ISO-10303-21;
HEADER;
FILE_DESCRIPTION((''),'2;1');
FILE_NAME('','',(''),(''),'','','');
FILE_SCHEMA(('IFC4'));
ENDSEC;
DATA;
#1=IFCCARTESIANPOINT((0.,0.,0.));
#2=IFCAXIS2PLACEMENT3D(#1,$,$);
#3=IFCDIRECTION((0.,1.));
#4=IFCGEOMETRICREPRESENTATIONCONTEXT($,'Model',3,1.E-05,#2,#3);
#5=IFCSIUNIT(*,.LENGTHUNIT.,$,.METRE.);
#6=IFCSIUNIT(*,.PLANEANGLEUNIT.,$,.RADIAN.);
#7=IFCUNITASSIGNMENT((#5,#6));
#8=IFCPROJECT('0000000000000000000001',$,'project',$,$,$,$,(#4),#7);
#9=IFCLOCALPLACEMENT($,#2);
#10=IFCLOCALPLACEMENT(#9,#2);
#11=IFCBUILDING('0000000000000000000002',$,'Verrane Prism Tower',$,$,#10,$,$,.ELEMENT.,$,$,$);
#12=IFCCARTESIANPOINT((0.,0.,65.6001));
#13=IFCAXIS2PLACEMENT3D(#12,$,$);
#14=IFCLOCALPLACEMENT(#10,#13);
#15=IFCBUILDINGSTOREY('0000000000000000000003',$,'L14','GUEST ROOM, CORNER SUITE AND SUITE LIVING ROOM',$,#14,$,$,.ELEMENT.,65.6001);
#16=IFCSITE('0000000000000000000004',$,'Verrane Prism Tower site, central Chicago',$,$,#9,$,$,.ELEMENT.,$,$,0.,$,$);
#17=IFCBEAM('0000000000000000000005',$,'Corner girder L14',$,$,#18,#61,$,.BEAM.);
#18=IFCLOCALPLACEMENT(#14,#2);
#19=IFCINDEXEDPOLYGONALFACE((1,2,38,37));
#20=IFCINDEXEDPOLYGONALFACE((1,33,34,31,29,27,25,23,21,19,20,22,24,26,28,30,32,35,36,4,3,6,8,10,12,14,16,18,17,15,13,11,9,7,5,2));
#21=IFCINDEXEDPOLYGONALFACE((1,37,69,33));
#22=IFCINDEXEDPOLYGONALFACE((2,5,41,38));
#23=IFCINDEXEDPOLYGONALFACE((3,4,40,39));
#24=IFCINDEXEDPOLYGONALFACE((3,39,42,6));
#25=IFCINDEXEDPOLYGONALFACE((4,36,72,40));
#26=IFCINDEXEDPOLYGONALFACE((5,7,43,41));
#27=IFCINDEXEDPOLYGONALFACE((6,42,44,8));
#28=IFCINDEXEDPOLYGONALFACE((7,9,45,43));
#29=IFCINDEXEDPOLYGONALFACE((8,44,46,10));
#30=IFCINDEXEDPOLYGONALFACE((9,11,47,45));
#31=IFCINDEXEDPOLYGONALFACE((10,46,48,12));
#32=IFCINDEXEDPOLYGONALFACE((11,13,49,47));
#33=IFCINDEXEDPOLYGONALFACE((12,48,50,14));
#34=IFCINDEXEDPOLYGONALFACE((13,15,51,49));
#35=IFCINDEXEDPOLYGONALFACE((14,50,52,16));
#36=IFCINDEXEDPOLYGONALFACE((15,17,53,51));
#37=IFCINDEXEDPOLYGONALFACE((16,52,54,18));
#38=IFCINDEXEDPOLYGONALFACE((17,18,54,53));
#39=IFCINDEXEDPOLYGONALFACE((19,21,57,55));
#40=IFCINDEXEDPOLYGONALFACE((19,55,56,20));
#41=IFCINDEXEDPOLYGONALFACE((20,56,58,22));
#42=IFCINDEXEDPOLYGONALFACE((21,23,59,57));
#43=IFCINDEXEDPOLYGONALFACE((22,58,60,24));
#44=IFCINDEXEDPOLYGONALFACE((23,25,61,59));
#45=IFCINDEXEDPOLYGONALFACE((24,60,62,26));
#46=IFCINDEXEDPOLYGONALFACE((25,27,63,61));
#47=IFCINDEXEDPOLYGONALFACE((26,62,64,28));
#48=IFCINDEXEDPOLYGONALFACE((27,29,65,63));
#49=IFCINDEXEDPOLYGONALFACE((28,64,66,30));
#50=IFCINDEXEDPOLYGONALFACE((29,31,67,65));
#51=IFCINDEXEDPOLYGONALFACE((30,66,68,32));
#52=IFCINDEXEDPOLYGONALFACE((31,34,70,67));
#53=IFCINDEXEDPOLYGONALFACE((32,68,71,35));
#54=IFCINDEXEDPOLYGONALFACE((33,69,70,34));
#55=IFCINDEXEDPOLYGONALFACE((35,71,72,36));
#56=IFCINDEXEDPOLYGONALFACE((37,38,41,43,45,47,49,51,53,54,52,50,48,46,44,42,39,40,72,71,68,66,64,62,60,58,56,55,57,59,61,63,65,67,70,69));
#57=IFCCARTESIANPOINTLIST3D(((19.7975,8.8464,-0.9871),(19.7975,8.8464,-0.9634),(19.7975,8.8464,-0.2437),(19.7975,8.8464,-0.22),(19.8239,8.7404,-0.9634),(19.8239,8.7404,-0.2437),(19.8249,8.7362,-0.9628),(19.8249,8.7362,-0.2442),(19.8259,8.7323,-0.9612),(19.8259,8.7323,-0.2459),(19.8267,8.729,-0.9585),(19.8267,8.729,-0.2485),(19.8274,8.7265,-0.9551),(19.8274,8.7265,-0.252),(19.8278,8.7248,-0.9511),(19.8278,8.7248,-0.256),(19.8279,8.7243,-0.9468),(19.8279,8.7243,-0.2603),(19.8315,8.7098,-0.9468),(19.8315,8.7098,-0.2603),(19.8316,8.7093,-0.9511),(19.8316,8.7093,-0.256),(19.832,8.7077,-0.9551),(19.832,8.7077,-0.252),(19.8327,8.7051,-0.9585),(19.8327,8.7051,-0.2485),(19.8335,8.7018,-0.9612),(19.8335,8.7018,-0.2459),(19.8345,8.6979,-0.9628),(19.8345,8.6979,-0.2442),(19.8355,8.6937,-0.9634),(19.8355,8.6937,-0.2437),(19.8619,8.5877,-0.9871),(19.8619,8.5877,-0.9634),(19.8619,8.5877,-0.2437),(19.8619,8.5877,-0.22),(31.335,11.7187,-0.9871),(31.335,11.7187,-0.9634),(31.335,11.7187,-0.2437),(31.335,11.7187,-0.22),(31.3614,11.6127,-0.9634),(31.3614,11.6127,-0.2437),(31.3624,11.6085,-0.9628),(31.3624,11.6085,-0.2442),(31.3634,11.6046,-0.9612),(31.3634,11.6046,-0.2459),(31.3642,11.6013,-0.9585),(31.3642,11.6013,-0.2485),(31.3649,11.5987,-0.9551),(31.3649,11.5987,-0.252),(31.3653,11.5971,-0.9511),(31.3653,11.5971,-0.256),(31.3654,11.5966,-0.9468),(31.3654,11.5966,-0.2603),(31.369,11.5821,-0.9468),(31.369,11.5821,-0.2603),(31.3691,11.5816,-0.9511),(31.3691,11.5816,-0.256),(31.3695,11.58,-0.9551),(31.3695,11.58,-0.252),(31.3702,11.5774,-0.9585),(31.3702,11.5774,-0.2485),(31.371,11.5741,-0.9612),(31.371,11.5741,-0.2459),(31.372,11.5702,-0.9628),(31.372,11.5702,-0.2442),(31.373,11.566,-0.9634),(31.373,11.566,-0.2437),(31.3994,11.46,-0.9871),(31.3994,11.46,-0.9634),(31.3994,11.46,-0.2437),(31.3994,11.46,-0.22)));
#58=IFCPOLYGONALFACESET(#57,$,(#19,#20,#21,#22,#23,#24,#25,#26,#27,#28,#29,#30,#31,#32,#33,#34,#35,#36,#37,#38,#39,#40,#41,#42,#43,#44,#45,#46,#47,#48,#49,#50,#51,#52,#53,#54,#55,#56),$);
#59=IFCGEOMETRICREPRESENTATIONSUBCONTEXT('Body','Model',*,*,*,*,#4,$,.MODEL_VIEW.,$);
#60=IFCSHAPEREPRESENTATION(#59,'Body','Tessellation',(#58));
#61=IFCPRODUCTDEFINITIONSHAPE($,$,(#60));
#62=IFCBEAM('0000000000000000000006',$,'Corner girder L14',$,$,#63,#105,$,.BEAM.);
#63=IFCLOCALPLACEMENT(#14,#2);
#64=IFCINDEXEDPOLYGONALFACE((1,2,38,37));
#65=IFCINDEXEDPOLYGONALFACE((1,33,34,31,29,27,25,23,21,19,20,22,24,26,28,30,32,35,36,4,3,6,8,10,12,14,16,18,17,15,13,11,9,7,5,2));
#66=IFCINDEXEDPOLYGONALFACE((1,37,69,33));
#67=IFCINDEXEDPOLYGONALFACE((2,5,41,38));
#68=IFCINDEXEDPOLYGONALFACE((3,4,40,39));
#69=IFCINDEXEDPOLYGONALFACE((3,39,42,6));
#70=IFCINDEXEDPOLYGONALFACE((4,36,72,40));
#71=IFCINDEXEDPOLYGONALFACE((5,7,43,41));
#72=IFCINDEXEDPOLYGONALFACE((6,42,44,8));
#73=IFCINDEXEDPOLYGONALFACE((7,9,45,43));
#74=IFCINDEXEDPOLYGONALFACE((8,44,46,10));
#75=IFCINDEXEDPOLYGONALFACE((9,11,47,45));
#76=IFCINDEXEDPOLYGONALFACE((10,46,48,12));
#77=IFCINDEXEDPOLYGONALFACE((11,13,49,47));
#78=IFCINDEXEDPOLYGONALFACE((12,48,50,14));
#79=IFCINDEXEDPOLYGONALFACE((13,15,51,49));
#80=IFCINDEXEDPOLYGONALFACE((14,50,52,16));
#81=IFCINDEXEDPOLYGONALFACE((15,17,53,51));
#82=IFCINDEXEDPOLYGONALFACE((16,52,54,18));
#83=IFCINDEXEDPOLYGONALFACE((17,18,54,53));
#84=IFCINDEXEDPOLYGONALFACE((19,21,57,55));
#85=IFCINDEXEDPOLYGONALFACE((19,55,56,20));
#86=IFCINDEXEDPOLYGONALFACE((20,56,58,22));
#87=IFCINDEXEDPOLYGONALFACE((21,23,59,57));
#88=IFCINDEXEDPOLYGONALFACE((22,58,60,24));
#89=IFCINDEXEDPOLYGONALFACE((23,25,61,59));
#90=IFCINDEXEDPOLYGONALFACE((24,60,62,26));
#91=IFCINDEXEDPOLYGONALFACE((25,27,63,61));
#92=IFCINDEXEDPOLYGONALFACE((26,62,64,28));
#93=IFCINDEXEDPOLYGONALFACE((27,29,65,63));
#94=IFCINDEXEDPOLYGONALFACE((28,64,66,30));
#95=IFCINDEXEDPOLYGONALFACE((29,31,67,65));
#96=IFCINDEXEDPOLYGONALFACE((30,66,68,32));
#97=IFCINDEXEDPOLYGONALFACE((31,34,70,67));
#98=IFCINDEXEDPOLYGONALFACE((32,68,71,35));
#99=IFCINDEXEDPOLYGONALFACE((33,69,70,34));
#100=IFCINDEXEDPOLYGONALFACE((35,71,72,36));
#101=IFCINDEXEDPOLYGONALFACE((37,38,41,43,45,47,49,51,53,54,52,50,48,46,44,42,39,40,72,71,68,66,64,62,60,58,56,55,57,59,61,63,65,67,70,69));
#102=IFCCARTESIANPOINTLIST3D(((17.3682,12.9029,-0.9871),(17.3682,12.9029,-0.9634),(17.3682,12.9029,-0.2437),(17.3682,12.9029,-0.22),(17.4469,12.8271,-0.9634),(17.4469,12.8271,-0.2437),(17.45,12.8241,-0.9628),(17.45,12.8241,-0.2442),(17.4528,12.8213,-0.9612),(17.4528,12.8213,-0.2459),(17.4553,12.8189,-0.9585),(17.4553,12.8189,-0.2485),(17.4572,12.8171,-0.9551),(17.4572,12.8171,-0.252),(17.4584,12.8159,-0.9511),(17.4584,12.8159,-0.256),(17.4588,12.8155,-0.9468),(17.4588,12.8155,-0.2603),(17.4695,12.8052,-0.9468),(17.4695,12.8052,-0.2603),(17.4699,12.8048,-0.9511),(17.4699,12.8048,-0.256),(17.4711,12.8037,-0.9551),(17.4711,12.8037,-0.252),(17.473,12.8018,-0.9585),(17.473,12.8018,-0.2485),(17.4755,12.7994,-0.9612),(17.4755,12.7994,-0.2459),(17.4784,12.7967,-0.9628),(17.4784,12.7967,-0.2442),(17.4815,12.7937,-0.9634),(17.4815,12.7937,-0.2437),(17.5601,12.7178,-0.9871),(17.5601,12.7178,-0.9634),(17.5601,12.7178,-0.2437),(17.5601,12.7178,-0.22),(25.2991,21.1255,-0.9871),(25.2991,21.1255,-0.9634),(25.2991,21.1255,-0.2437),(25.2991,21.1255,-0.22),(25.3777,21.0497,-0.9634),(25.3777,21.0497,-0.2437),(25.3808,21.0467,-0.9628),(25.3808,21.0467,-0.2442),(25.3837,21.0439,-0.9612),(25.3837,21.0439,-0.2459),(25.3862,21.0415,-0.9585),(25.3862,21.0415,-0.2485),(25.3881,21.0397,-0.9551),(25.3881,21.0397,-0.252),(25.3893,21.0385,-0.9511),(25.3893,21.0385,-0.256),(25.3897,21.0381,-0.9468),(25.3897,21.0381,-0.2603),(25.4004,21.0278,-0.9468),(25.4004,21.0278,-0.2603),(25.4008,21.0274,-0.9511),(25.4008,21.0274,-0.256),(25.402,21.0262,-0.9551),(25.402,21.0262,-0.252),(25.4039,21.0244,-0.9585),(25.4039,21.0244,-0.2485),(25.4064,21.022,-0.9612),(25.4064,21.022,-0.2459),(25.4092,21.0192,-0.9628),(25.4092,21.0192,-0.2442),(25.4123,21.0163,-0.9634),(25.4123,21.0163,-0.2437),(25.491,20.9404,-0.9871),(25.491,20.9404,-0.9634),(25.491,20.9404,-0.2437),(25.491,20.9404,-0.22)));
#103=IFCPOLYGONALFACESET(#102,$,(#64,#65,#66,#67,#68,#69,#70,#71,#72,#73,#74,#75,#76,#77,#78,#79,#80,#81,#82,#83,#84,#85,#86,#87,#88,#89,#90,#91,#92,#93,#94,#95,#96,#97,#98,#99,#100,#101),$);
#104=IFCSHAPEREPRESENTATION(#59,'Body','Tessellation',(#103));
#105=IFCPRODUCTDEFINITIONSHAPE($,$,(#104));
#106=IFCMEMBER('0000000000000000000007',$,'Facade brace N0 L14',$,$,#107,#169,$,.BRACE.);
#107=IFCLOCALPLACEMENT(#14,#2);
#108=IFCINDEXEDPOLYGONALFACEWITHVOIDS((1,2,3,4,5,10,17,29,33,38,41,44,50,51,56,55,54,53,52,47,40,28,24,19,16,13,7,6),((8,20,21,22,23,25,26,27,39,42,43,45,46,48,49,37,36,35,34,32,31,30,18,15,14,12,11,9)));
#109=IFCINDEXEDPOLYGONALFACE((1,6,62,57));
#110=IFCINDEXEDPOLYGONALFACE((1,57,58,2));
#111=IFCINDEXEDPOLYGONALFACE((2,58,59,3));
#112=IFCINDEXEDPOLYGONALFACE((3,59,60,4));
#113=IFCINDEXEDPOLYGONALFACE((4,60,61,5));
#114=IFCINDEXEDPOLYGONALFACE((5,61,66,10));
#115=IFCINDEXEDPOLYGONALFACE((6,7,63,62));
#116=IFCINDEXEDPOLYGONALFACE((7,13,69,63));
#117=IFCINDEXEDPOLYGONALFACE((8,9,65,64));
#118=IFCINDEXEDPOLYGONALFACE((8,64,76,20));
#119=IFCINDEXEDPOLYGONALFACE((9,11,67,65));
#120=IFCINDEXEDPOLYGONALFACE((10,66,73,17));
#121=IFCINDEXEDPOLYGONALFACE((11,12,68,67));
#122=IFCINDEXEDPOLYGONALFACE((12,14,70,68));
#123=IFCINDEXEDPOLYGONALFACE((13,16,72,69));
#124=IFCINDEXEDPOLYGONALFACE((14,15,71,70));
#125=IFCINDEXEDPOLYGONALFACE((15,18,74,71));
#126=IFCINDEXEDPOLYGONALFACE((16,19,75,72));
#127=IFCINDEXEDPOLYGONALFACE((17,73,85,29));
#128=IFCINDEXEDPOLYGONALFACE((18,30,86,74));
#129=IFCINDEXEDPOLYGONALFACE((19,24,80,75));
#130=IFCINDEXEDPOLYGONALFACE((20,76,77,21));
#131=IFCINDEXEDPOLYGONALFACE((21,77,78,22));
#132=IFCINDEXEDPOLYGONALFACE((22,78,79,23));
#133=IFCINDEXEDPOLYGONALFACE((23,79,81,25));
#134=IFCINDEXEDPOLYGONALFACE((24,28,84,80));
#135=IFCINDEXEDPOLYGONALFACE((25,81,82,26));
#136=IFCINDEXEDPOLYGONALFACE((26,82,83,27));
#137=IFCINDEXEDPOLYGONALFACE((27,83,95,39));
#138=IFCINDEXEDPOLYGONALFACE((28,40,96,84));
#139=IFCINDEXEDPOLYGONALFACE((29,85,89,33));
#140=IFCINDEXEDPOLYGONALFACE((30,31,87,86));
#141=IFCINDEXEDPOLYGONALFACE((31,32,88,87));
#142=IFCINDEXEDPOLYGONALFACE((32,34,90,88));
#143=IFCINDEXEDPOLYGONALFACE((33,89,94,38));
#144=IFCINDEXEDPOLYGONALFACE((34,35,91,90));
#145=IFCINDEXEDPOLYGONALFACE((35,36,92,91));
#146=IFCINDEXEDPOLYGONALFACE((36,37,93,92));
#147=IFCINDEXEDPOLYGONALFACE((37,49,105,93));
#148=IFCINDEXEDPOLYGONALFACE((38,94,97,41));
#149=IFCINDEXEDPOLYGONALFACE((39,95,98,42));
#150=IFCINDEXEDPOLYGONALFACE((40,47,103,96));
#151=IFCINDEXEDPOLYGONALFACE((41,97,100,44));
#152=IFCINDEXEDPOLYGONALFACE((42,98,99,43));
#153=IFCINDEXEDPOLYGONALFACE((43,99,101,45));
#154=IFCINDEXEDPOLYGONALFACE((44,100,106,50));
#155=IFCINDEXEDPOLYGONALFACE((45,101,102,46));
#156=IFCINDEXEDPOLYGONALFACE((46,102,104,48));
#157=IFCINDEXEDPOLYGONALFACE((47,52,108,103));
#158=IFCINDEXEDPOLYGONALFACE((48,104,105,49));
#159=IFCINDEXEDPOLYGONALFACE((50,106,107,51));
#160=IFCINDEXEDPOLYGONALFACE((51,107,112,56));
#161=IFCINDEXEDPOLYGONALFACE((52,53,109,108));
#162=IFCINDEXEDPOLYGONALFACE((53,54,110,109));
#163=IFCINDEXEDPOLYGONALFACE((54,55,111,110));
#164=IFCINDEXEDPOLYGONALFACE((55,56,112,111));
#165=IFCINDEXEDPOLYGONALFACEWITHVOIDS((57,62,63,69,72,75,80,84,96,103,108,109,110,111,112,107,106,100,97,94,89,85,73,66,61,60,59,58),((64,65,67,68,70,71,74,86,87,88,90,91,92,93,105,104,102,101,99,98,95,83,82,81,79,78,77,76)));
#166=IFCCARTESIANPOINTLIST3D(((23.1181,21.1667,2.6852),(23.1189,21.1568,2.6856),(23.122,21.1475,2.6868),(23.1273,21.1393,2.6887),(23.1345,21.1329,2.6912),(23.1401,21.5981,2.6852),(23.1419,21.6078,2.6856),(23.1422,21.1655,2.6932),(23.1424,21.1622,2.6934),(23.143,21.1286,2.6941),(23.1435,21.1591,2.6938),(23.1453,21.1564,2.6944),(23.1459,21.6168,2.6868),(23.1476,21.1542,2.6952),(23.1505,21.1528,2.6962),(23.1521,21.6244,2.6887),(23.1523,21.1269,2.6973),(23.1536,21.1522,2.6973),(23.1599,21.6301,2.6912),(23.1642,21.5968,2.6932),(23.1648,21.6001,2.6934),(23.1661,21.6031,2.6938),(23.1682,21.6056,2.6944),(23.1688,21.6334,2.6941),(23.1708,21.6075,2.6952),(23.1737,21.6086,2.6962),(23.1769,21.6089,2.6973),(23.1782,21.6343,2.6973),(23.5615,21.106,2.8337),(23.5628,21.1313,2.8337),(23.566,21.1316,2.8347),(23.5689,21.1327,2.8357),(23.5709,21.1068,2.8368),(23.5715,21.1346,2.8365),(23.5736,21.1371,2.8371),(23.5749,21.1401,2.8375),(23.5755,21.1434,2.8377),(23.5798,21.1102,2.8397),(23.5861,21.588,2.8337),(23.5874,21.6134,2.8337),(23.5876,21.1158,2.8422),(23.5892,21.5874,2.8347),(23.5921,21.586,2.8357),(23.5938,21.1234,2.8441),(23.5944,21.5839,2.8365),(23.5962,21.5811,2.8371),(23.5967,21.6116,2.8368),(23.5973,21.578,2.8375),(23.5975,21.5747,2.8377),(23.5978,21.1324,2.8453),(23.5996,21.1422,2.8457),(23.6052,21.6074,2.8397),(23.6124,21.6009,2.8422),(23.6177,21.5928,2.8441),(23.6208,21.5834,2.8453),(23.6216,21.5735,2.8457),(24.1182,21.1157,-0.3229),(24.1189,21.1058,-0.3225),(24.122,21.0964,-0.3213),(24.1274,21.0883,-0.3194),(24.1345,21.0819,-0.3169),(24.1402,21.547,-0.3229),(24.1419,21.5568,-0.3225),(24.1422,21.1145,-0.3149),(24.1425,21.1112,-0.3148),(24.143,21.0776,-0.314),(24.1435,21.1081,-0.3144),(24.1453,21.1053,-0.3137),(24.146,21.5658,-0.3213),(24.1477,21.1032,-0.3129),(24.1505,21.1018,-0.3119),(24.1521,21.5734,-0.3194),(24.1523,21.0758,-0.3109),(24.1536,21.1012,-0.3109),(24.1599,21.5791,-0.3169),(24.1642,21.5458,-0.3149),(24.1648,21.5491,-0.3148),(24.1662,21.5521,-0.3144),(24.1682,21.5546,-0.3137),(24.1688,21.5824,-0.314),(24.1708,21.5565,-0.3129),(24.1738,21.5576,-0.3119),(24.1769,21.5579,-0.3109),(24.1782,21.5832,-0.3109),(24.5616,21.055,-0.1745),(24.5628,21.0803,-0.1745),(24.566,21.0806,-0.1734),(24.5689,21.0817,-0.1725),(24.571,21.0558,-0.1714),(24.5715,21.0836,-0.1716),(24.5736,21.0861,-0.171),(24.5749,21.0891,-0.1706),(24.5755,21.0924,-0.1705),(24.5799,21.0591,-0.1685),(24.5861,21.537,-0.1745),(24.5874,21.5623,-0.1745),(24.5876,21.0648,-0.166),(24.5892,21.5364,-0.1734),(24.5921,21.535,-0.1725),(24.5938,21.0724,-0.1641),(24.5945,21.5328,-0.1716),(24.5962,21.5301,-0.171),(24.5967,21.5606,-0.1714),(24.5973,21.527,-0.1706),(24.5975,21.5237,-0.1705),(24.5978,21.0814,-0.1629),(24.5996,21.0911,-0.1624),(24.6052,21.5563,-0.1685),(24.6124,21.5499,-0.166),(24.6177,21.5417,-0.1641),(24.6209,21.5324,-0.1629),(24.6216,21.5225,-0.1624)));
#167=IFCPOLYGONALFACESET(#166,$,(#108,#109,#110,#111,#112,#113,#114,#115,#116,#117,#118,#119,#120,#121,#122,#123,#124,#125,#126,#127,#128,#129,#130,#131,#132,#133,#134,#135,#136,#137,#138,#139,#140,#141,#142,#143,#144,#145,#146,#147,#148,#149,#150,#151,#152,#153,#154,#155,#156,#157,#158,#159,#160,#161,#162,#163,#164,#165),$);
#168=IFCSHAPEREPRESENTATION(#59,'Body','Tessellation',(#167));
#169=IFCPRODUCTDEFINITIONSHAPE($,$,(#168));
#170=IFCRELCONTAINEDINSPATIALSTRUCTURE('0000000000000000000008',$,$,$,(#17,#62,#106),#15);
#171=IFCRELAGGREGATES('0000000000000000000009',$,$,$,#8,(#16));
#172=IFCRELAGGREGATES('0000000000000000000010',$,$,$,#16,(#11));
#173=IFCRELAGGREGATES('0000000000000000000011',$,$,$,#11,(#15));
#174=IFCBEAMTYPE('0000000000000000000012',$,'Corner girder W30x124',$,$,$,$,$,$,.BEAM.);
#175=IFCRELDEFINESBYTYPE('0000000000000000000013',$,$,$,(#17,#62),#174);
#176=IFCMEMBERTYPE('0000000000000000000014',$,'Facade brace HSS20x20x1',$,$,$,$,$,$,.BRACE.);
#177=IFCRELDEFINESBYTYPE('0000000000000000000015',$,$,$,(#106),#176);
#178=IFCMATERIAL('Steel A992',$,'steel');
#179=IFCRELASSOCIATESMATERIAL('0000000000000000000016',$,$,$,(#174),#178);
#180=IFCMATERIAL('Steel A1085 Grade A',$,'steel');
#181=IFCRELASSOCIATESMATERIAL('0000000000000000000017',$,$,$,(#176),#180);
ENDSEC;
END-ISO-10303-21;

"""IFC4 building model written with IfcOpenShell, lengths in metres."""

from ifc_helpers import new_model, si_unit, direction, frame, origin, origin_2d, place, context, subcontext, project, spatial, hollow_rectangle, i_section, extrude, material, material_profile, profile_set, type_object, element, save


model = new_model("IFC4")

# Units and contexts
model_context = context("Model", 3, precision=1e-05, world=origin(), true_north=direction((0.0, 1.0)))
body_context = subcontext(model_context, "Body", "Model", "MODEL_VIEW")
ifc_project = project(units=[si_unit("LENGTHUNIT", "METRE"), si_unit("PLANEANGLEUNIT", "RADIAN")], contexts=[model_context])

# Site, building, storey
site_placement = place(None, origin())
site = spatial("IfcSite", under=ifc_project, at=site_placement, Name="Verrane Prism Tower site, central Chicago", CompositionType="ELEMENT", RefElevation=0.0)
building_placement = place(site_placement, origin())
building = spatial("IfcBuilding", under=site, at=building_placement, Name="Verrane Prism Tower", CompositionType="ELEMENT")
storey_placement = place(building_placement, frame((0.0, 0.0, 65.6001)))
storey = spatial("IfcBuildingStorey", under=building, at=storey_placement, Name="L14", Description="GUEST ROOM, CORNER SUITE AND SUITE LIVING ROOM", CompositionType="ELEMENT", Elevation=65.6001)

# Beams
ifc_material_1 = material(Name="Steel A992", Category="steel")
ifc_material_profile_1 = material_profile(ifc_material_1, i_section(OverallWidth=0.2666, OverallDepth=0.7671, WebThickness=0.0149, FlangeThickness=0.0237, FilletRadius=0.0166, at=origin_2d()), Name="W30x124")
ifc_profile_set_1 = profile_set([ifc_material_profile_1], Name="Steel A992")
beam_type_1 = type_object("IfcBeamType", Name="Corner girder W30x124", PredefinedType="BEAM", material=ifc_profile_set_1)
beam_1_placement = place(storey_placement, frame((31.3672, 11.5894, -0.6035), z_axis=(-0.970381, -0.241579, 0.0), x_axis=(0.241579, -0.970381, 0.0)))
element("IfcBeam", 1, at=beam_1_placement, inside=storey, type_object=beam_type_1, Name="Corner girder L14", PredefinedType="BEAM", context=body_context, shape_type="SweptSolid", body=[
    extrude(i_section(OverallWidth=0.2666, OverallDepth=0.7671, WebThickness=0.0149, FlangeThickness=0.0237, FilletRadius=0.0166, at=origin_2d()), origin(), (0.0, 0.0, 1.0), 11.8896),
])
beam_2_placement = place(storey_placement, frame((25.395, 21.033, -0.6035), z_axis=(-0.694223, -0.71976, 0.0), x_axis=(0.71976, -0.694223, 0.0)))
element("IfcBeam", 2, at=beam_2_placement, inside=storey, type_object=beam_type_1, Name="Corner girder L14", PredefinedType="BEAM", context=body_context, shape_type="SweptSolid", body=[
    extrude(i_section(OverallWidth=0.2666, OverallDepth=0.7671, WebThickness=0.0149, FlangeThickness=0.0237, FilletRadius=0.0166, at=origin_2d()), origin(), (0.0, 0.0, 1.0), 11.4241),
])

# Member
ifc_material_2 = material(Name="Steel A1085 Grade A", Category="steel")
ifc_material_profile_2 = material_profile(ifc_material_2, hollow_rectangle(XDim=0.5081, YDim=0.5081, WallThickness=0.0254, InnerFilletRadius=0.0127, OuterFilletRadius=0.0381, at=origin_2d()), Name="HSS20x20x1")
ifc_profile_set_2 = profile_set([ifc_material_profile_2], Name="Steel A1085 Grade A")
member_type_1 = type_object("IfcMemberType", Name="Facade brace HSS20x20x1", PredefinedType="BRACE", material=ifc_profile_set_2)
member_1_placement = place(storey_placement, frame((24.3699, 21.3191, -0.2427), z_axis=(-0.315424, 0.016095, 0.948814), x_axis=(-0.050959, -0.998701, 0.0)))
element("IfcMember", 3, at=member_1_placement, inside=storey, type_object=member_type_1, Name="Facade brace N0 L14", PredefinedType="BRACE", context=body_context, shape_type="SweptSolid", body=[
    extrude(hollow_rectangle(XDim=0.5081, YDim=0.5081, WallThickness=0.0254, InnerFilletRadius=0.0127, OuterFilletRadius=0.0381, at=origin_2d()), origin(), (0.0, 0.0, 1.0), 3.1704),
])

save(model, "model.ifc")
